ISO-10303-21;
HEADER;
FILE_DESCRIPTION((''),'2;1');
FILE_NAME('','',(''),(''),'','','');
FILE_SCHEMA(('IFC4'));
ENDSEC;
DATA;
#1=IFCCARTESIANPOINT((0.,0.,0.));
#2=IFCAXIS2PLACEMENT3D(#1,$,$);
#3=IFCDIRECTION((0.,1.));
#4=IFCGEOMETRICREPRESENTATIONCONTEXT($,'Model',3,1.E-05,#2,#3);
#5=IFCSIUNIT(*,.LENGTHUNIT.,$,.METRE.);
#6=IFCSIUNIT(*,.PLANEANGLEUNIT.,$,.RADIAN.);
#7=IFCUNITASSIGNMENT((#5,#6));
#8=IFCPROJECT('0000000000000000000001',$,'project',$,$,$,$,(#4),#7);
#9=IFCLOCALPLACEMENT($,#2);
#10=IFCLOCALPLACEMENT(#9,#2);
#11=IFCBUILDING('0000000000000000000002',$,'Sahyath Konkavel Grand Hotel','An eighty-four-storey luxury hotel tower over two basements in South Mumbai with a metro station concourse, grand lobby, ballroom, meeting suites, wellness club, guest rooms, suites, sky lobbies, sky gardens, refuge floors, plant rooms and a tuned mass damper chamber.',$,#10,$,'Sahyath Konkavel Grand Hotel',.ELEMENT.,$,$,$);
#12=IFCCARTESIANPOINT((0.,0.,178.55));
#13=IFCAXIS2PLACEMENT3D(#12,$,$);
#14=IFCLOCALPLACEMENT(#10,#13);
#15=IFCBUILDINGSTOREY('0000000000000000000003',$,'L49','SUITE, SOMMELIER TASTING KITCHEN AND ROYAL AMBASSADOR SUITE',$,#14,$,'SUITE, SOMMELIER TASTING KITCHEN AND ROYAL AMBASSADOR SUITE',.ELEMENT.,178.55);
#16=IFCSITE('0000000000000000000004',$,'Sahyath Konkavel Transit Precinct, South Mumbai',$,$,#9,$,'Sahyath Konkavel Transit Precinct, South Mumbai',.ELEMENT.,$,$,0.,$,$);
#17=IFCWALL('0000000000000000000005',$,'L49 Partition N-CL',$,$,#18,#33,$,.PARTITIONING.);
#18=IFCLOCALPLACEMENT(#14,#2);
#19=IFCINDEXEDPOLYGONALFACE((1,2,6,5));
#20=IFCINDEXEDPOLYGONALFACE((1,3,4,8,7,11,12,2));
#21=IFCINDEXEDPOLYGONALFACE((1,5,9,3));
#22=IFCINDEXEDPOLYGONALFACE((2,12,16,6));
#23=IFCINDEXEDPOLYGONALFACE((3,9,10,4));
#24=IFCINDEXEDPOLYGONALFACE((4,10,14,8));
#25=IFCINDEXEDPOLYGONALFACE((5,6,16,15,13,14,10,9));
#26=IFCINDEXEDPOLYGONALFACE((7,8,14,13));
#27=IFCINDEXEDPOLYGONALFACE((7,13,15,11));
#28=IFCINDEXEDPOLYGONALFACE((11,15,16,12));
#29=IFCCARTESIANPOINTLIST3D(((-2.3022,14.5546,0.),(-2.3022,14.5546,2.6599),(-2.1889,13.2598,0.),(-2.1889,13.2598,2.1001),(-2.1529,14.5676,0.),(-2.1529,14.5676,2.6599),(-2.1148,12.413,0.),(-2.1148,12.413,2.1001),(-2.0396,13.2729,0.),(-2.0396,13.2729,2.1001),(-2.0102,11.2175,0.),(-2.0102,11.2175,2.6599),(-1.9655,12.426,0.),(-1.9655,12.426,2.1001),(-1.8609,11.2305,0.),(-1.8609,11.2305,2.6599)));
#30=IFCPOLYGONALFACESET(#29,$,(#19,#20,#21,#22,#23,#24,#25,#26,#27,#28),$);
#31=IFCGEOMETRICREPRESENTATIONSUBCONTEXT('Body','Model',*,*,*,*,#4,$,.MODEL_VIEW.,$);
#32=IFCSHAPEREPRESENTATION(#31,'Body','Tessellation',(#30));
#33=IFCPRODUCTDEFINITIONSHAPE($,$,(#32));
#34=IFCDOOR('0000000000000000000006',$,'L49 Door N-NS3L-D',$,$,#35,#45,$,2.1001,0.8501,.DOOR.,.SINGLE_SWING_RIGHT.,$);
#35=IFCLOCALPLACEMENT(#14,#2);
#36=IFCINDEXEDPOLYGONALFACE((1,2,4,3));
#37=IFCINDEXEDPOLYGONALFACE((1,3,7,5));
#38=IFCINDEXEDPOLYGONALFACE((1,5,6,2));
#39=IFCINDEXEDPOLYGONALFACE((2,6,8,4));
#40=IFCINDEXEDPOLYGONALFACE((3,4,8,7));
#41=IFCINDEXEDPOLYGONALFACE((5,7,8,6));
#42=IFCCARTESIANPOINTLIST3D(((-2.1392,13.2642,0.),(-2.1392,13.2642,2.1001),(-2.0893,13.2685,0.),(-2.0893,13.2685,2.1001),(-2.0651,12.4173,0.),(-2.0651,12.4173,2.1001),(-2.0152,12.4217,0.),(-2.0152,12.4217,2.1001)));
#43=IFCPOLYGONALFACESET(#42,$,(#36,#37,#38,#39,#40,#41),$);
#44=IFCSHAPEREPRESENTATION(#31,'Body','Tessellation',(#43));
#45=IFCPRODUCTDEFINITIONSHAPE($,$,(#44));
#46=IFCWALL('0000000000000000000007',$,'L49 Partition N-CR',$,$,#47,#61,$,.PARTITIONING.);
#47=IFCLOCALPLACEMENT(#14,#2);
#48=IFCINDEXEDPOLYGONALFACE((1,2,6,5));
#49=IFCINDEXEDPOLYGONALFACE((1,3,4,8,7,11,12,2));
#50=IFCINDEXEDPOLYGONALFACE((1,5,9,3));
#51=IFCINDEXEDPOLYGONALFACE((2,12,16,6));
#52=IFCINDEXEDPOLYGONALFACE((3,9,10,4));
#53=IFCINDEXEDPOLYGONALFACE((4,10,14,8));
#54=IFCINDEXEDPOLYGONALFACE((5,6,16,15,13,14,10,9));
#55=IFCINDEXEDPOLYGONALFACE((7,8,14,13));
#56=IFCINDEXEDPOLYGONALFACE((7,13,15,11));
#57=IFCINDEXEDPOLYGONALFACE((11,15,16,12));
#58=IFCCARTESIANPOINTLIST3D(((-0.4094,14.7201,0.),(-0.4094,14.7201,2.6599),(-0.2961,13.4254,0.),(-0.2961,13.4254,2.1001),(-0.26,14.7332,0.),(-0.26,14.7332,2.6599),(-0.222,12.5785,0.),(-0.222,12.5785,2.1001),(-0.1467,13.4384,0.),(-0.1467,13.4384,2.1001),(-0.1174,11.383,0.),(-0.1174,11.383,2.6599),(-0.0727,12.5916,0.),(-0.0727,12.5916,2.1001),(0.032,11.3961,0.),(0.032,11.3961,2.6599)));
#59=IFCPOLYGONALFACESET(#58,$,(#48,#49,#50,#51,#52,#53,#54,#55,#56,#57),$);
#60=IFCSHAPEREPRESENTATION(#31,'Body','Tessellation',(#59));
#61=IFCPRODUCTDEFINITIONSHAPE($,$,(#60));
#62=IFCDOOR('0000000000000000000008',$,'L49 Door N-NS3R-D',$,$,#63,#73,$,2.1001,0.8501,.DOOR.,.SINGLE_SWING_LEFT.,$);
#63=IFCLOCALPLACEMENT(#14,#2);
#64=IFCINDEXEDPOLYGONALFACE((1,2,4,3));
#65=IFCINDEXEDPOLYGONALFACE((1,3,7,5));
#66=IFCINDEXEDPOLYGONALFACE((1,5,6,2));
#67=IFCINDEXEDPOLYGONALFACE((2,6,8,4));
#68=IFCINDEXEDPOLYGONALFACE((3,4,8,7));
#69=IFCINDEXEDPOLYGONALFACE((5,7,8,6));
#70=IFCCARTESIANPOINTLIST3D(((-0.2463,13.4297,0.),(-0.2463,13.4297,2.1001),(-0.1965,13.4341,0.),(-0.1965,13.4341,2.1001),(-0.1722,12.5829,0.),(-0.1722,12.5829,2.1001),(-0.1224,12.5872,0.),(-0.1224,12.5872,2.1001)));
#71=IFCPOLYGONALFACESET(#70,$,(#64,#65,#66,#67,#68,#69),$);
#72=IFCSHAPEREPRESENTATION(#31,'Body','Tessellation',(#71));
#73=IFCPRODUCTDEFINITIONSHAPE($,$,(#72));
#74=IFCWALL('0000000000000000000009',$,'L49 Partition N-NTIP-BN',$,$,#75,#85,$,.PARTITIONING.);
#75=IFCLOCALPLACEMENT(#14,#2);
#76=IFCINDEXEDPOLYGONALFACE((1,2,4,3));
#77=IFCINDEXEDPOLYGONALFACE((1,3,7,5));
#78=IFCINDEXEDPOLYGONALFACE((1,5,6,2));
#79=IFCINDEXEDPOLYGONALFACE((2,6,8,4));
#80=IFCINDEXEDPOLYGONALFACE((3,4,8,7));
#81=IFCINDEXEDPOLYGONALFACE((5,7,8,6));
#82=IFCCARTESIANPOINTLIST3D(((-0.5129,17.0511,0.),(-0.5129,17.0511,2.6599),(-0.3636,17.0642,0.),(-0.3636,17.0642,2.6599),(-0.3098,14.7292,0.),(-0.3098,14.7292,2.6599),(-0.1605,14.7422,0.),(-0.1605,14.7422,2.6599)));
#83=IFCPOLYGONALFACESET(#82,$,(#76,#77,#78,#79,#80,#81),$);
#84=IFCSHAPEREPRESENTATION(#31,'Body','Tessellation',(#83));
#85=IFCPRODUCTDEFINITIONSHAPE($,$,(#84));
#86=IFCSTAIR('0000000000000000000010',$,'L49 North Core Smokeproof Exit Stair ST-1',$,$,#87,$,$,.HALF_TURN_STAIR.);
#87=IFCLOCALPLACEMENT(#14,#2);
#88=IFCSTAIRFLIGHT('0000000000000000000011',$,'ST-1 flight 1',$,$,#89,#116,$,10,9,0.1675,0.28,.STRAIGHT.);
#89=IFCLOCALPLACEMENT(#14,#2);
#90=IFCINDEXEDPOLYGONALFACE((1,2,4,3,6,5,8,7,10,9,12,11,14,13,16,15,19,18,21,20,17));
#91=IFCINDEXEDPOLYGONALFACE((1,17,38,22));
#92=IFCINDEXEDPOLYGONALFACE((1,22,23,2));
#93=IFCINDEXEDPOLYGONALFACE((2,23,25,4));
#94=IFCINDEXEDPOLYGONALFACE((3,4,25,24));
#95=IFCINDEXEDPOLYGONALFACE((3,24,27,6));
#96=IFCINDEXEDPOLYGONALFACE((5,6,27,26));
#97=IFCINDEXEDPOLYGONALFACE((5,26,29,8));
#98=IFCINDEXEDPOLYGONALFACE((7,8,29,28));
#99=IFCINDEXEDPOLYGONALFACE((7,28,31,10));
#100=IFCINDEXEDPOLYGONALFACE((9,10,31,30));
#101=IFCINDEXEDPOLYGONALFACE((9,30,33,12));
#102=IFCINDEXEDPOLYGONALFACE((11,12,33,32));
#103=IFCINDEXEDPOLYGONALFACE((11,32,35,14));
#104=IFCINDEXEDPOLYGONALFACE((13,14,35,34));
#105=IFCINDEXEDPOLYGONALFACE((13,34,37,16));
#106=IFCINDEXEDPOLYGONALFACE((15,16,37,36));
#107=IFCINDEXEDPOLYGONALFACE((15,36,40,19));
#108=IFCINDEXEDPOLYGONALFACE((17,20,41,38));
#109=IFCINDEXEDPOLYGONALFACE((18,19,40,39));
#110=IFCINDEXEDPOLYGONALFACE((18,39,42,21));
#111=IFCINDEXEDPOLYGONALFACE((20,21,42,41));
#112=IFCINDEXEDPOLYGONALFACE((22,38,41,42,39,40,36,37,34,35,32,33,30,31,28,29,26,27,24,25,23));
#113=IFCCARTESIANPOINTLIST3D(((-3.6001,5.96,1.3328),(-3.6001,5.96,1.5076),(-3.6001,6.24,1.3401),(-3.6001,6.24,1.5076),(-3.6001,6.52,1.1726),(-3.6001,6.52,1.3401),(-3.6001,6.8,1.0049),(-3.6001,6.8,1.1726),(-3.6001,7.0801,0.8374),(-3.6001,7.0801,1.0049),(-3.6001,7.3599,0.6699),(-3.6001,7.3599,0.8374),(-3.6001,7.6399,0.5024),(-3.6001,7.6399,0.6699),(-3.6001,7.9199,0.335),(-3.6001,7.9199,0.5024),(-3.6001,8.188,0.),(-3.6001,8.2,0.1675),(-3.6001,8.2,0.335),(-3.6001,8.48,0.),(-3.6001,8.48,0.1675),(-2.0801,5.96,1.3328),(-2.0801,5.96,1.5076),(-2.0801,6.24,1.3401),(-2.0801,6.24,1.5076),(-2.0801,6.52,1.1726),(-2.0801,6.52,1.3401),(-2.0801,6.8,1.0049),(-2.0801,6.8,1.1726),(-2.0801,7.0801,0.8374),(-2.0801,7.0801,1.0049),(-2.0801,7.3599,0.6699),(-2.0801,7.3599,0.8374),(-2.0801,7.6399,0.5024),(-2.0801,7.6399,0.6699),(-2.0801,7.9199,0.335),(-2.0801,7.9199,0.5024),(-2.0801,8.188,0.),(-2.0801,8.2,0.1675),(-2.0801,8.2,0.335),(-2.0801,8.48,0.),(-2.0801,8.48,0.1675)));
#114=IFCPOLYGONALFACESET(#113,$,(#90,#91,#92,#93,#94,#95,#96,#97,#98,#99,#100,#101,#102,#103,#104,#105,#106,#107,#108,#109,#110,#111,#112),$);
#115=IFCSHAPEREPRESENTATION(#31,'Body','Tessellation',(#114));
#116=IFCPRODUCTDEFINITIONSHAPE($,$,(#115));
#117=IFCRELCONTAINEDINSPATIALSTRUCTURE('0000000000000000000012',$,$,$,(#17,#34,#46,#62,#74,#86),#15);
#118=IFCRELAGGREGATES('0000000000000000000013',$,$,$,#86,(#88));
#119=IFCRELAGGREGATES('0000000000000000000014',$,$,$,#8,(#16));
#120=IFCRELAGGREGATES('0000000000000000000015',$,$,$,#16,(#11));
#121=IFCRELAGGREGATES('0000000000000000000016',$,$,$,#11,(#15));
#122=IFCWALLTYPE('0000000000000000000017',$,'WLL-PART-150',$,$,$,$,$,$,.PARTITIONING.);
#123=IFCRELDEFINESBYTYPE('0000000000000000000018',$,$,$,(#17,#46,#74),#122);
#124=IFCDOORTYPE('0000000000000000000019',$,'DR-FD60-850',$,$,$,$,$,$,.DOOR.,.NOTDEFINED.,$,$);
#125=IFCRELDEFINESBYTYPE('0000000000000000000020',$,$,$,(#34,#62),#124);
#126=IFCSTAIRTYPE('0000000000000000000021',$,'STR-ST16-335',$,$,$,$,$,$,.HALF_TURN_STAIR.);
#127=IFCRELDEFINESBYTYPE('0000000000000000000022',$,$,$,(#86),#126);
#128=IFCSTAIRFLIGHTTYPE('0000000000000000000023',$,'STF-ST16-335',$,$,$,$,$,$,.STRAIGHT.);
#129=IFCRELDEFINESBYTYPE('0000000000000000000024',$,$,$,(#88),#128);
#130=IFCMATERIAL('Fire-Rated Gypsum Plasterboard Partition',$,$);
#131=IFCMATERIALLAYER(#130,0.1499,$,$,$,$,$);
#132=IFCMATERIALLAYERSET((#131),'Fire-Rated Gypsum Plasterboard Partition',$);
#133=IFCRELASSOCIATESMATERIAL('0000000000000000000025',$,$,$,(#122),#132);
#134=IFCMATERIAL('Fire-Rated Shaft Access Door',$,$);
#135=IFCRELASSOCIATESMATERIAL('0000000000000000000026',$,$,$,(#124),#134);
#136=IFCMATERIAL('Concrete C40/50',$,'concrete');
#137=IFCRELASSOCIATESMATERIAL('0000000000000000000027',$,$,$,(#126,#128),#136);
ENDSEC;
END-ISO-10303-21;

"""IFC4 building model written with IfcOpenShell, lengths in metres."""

from ifc_helpers import new_model, si_unit, direction, frame, frame_2d, origin, origin_2d, place, context, subcontext, project, spatial, polyline, rectangle, outline, extrude, source, transform, mapped, material, layer, layer_set, type_object, element, fill, aggregate, save


model = new_model("IFC4")

# Units and contexts
model_context = context("Model", 3, precision=1e-05, world=origin(), true_north=direction((0.0, 1.0)))
body_context = subcontext(model_context, "Body", "Model", "MODEL_VIEW")
ifc_project = project(units=[si_unit("LENGTHUNIT", "METRE"), si_unit("PLANEANGLEUNIT", "RADIAN")], contexts=[model_context])

# Site, building, storey
site_placement = place(None, origin())
site = spatial("IfcSite", under=ifc_project, at=site_placement, Name="Sahyath Konkavel Transit Precinct, South Mumbai", LongName="Sahyath Konkavel Transit Precinct, South Mumbai", CompositionType="ELEMENT", RefElevation=0.0)
building_placement = place(site_placement, origin())
building = spatial("IfcBuilding", under=site, at=building_placement, Name="Sahyath Konkavel Grand Hotel", Description="An eighty-four-storey luxury hotel tower over two basements in South Mumbai with a metro station concourse, grand lobby, ballroom, meeting suites, wellness club, guest rooms, suites, sky lobbies, sky gardens, refuge floors, plant rooms and a tuned mass damper chamber.", LongName="Sahyath Konkavel Grand Hotel", CompositionType="ELEMENT")
storey_placement = place(building_placement, frame((0.0, 0.0, 178.55)))
storey = spatial("IfcBuildingStorey", under=building, at=storey_placement, Name="L49", Description="SUITE, SOMMELIER TASTING KITCHEN AND ROYAL AMBASSADOR SUITE", LongName="SUITE, SOMMELIER TASTING KITCHEN AND ROYAL AMBASSADOR SUITE", CompositionType="ELEMENT", Elevation=178.55)

# Walls, openings, doors
ifc_material_1 = material(Name="Fire-Rated Gypsum Plasterboard Partition")
ifc_layer_1 = layer(ifc_material_1, 0.1499)
ifc_layer_set_1 = layer_set([ifc_layer_1], Name="Fire-Rated Gypsum Plasterboard Partition")
wall_type_1 = type_object("IfcWallType", Name="WLL-PART-150", PredefinedType="PARTITIONING", material=ifc_layer_set_1)
wall_1_placement = place(storey_placement, frame((-1.9355, 11.2241, 0.0), z_axis=(0.0, 0.0, 1.0), x_axis=(-0.087164, 0.996194, 0.0)))
wall_1 = element("IfcWall", 1, at=wall_1_placement, inside=storey, type_object=wall_type_1, Name="L49 Partition N-CL", PredefinedType="PARTITIONING", context=body_context, shape_type="SweptSolid", body=[
    extrude(rectangle(XDim=3.3499, YDim=0.1499, at=frame_2d((1.6748, 0.0))), origin(), (0.0, 0.0, 1.0), 2.6599),
])
opening_1_placement = place(wall_1_placement, frame((1.2, 0.0, 0.0)))
opening_1 = element("IfcOpeningElement", 2, at=opening_1_placement, cuts=wall_1, PredefinedType="OPENING", context=body_context, shape_type="SweptSolid", body=[
    extrude(rectangle(XDim=0.8501, YDim=2.1001, at=frame_2d((0.425, 1.05))), frame((0.0, 0.085, 0.0), z_axis=(0.0, -1.0, 0.0), x_axis=(1.0, 0.0, 0.0)), (0.0, 0.0, 1.0), 0.1699),
])
ifc_material_2 = material(Name="Fire-Rated Shaft Access Door")
door_type = type_object("IfcDoorType", Name="DR-FD60-850", OperationType="NOTDEFINED", PredefinedType="DOOR", material=ifc_material_2)
shared_shape_1 = source(origin(), body_context, "Body", "SweptSolid", [
    extrude(rectangle(XDim=0.8501, YDim=0.05, at=origin_2d()), origin(), (0.0, 0.0, 1.0), 2.1001),
])
door_1_placement = place(opening_1_placement, frame((0.425, 0.0, 0.0)))
door_1 = element("IfcDoor", 3, at=door_1_placement, inside=storey, type_object=door_type, Name="L49 Door N-NS3L-D", OperationType="SINGLE_SWING_RIGHT", OverallHeight=2.1001, OverallWidth=0.8501, PredefinedType="DOOR", context=body_context, shape_type="MappedRepresentation", body=[
    mapped(shared_shape_1, transform((0.0, 0.0, 0.0), scale=1.0)),
])
fill(opening_1, door_1)
wall_2_placement = place(storey_placement, frame((-0.0427, 11.3896, 0.0), z_axis=(0.0, 0.0, 1.0), x_axis=(-0.087164, 0.996194, 0.0)))
wall_2 = element("IfcWall", 4, at=wall_2_placement, inside=storey, type_object=wall_type_1, Name="L49 Partition N-CR", PredefinedType="PARTITIONING", context=body_context, shape_type="SweptSolid", body=[
    extrude(rectangle(XDim=3.3499, YDim=0.1499, at=frame_2d((1.6748, 0.0))), origin(), (0.0, 0.0, 1.0), 2.6599),
])
opening_2_placement = place(wall_2_placement, frame((1.2, 0.0, 0.0)))
opening_2 = element("IfcOpeningElement", 5, at=opening_2_placement, cuts=wall_2, PredefinedType="OPENING", context=body_context, shape_type="SweptSolid", body=[
    extrude(rectangle(XDim=0.8501, YDim=2.1001, at=frame_2d((0.425, 1.05))), frame((0.0, 0.085, 0.0), z_axis=(0.0, -1.0, 0.0), x_axis=(1.0, 0.0, 0.0)), (0.0, 0.0, 1.0), 0.1699),
])
door_2_placement = place(opening_2_placement, frame((0.425, 0.0, 0.0)))
door_2 = element("IfcDoor", 6, at=door_2_placement, inside=storey, type_object=door_type, Name="L49 Door N-NS3R-D", OperationType="SINGLE_SWING_LEFT", OverallHeight=2.1001, OverallWidth=0.8501, PredefinedType="DOOR", context=body_context, shape_type="MappedRepresentation", body=[
    mapped(shared_shape_1, transform((0.0, 0.0, 0.0), scale=1.0)),
])
fill(opening_2, door_2)

# Wall
wall_3_placement = place(storey_placement, frame((-0.2351, 14.7356, 0.0), z_axis=(0.0, 0.0, 1.0), x_axis=(-0.087145, 0.996196, 0.0)))
element("IfcWall", 7, at=wall_3_placement, inside=storey, type_object=wall_type_1, Name="L49 Partition N-NTIP-BN", PredefinedType="PARTITIONING", context=body_context, shape_type="SweptSolid", body=[
    extrude(rectangle(XDim=2.3308, YDim=0.1499, at=frame_2d((1.1655, 0.0))), origin(), (0.0, 0.0, 1.0), 2.6599),
])

# Stair, stair flight
ifc_material_3 = material(Name="Concrete C40/50", Category="concrete")
stair_type = type_object("IfcStairType", Name="STR-ST16-335", PredefinedType="HALF_TURN_STAIR", material=ifc_material_3)
stair_placement = place(storey_placement, origin())
stair = element("IfcStair", 8, at=stair_placement, inside=storey, type_object=stair_type, Name="L49 North Core Smokeproof Exit Stair ST-1", PredefinedType="HALF_TURN_STAIR")
stair_flight_type = type_object("IfcStairFlightType", Name="STF-ST16-335", PredefinedType="STRAIGHT", material=ifc_material_3)
stair_flight_placement = place(storey_placement, frame((-2.8401, 8.48, 0.0), z_axis=(0.0, 0.0, 1.0), x_axis=(0.0, -1.0, 0.0)))
stair_flight = element("IfcStairFlight", 9, at=stair_flight_placement, type_object=stair_flight_type, Name="ST-1 flight 1", NumberOfRisers=10, NumberOfTreads=9, PredefinedType="STRAIGHT", RiserHeight=0.1675, TreadLength=0.28, context=body_context, shape_type="SweptSolid", body=[
    extrude(outline(polyline([(0.0, 0.0), (0.0, 0.1675), (0.28, 0.1675), (0.28, 0.335), (0.5601, 0.335), (0.5601, 0.5024), (0.8401, 0.5024), (0.8401, 0.6699), (1.1201, 0.6699), (1.1201, 0.8374), (1.3999, 0.8374), (1.3999, 1.0049), (1.6799, 1.0049), (1.6799, 1.1726), (1.96, 1.1726), (1.96, 1.3401), (2.24, 1.3401), (2.24, 1.5076), (2.52, 1.5076), (2.52, 1.675), (2.52, 1.3328), (0.292, 0.0), (0.0, 0.0)])), frame((0.0, 0.76, 0.0), z_axis=(0.0, -1.0, 0.0), x_axis=(1.0, 0.0, 0.0)), (0.0, 0.0, 1.0), 1.52),
])
aggregate(stair, [stair_flight])

save(model, "model.ifc")
